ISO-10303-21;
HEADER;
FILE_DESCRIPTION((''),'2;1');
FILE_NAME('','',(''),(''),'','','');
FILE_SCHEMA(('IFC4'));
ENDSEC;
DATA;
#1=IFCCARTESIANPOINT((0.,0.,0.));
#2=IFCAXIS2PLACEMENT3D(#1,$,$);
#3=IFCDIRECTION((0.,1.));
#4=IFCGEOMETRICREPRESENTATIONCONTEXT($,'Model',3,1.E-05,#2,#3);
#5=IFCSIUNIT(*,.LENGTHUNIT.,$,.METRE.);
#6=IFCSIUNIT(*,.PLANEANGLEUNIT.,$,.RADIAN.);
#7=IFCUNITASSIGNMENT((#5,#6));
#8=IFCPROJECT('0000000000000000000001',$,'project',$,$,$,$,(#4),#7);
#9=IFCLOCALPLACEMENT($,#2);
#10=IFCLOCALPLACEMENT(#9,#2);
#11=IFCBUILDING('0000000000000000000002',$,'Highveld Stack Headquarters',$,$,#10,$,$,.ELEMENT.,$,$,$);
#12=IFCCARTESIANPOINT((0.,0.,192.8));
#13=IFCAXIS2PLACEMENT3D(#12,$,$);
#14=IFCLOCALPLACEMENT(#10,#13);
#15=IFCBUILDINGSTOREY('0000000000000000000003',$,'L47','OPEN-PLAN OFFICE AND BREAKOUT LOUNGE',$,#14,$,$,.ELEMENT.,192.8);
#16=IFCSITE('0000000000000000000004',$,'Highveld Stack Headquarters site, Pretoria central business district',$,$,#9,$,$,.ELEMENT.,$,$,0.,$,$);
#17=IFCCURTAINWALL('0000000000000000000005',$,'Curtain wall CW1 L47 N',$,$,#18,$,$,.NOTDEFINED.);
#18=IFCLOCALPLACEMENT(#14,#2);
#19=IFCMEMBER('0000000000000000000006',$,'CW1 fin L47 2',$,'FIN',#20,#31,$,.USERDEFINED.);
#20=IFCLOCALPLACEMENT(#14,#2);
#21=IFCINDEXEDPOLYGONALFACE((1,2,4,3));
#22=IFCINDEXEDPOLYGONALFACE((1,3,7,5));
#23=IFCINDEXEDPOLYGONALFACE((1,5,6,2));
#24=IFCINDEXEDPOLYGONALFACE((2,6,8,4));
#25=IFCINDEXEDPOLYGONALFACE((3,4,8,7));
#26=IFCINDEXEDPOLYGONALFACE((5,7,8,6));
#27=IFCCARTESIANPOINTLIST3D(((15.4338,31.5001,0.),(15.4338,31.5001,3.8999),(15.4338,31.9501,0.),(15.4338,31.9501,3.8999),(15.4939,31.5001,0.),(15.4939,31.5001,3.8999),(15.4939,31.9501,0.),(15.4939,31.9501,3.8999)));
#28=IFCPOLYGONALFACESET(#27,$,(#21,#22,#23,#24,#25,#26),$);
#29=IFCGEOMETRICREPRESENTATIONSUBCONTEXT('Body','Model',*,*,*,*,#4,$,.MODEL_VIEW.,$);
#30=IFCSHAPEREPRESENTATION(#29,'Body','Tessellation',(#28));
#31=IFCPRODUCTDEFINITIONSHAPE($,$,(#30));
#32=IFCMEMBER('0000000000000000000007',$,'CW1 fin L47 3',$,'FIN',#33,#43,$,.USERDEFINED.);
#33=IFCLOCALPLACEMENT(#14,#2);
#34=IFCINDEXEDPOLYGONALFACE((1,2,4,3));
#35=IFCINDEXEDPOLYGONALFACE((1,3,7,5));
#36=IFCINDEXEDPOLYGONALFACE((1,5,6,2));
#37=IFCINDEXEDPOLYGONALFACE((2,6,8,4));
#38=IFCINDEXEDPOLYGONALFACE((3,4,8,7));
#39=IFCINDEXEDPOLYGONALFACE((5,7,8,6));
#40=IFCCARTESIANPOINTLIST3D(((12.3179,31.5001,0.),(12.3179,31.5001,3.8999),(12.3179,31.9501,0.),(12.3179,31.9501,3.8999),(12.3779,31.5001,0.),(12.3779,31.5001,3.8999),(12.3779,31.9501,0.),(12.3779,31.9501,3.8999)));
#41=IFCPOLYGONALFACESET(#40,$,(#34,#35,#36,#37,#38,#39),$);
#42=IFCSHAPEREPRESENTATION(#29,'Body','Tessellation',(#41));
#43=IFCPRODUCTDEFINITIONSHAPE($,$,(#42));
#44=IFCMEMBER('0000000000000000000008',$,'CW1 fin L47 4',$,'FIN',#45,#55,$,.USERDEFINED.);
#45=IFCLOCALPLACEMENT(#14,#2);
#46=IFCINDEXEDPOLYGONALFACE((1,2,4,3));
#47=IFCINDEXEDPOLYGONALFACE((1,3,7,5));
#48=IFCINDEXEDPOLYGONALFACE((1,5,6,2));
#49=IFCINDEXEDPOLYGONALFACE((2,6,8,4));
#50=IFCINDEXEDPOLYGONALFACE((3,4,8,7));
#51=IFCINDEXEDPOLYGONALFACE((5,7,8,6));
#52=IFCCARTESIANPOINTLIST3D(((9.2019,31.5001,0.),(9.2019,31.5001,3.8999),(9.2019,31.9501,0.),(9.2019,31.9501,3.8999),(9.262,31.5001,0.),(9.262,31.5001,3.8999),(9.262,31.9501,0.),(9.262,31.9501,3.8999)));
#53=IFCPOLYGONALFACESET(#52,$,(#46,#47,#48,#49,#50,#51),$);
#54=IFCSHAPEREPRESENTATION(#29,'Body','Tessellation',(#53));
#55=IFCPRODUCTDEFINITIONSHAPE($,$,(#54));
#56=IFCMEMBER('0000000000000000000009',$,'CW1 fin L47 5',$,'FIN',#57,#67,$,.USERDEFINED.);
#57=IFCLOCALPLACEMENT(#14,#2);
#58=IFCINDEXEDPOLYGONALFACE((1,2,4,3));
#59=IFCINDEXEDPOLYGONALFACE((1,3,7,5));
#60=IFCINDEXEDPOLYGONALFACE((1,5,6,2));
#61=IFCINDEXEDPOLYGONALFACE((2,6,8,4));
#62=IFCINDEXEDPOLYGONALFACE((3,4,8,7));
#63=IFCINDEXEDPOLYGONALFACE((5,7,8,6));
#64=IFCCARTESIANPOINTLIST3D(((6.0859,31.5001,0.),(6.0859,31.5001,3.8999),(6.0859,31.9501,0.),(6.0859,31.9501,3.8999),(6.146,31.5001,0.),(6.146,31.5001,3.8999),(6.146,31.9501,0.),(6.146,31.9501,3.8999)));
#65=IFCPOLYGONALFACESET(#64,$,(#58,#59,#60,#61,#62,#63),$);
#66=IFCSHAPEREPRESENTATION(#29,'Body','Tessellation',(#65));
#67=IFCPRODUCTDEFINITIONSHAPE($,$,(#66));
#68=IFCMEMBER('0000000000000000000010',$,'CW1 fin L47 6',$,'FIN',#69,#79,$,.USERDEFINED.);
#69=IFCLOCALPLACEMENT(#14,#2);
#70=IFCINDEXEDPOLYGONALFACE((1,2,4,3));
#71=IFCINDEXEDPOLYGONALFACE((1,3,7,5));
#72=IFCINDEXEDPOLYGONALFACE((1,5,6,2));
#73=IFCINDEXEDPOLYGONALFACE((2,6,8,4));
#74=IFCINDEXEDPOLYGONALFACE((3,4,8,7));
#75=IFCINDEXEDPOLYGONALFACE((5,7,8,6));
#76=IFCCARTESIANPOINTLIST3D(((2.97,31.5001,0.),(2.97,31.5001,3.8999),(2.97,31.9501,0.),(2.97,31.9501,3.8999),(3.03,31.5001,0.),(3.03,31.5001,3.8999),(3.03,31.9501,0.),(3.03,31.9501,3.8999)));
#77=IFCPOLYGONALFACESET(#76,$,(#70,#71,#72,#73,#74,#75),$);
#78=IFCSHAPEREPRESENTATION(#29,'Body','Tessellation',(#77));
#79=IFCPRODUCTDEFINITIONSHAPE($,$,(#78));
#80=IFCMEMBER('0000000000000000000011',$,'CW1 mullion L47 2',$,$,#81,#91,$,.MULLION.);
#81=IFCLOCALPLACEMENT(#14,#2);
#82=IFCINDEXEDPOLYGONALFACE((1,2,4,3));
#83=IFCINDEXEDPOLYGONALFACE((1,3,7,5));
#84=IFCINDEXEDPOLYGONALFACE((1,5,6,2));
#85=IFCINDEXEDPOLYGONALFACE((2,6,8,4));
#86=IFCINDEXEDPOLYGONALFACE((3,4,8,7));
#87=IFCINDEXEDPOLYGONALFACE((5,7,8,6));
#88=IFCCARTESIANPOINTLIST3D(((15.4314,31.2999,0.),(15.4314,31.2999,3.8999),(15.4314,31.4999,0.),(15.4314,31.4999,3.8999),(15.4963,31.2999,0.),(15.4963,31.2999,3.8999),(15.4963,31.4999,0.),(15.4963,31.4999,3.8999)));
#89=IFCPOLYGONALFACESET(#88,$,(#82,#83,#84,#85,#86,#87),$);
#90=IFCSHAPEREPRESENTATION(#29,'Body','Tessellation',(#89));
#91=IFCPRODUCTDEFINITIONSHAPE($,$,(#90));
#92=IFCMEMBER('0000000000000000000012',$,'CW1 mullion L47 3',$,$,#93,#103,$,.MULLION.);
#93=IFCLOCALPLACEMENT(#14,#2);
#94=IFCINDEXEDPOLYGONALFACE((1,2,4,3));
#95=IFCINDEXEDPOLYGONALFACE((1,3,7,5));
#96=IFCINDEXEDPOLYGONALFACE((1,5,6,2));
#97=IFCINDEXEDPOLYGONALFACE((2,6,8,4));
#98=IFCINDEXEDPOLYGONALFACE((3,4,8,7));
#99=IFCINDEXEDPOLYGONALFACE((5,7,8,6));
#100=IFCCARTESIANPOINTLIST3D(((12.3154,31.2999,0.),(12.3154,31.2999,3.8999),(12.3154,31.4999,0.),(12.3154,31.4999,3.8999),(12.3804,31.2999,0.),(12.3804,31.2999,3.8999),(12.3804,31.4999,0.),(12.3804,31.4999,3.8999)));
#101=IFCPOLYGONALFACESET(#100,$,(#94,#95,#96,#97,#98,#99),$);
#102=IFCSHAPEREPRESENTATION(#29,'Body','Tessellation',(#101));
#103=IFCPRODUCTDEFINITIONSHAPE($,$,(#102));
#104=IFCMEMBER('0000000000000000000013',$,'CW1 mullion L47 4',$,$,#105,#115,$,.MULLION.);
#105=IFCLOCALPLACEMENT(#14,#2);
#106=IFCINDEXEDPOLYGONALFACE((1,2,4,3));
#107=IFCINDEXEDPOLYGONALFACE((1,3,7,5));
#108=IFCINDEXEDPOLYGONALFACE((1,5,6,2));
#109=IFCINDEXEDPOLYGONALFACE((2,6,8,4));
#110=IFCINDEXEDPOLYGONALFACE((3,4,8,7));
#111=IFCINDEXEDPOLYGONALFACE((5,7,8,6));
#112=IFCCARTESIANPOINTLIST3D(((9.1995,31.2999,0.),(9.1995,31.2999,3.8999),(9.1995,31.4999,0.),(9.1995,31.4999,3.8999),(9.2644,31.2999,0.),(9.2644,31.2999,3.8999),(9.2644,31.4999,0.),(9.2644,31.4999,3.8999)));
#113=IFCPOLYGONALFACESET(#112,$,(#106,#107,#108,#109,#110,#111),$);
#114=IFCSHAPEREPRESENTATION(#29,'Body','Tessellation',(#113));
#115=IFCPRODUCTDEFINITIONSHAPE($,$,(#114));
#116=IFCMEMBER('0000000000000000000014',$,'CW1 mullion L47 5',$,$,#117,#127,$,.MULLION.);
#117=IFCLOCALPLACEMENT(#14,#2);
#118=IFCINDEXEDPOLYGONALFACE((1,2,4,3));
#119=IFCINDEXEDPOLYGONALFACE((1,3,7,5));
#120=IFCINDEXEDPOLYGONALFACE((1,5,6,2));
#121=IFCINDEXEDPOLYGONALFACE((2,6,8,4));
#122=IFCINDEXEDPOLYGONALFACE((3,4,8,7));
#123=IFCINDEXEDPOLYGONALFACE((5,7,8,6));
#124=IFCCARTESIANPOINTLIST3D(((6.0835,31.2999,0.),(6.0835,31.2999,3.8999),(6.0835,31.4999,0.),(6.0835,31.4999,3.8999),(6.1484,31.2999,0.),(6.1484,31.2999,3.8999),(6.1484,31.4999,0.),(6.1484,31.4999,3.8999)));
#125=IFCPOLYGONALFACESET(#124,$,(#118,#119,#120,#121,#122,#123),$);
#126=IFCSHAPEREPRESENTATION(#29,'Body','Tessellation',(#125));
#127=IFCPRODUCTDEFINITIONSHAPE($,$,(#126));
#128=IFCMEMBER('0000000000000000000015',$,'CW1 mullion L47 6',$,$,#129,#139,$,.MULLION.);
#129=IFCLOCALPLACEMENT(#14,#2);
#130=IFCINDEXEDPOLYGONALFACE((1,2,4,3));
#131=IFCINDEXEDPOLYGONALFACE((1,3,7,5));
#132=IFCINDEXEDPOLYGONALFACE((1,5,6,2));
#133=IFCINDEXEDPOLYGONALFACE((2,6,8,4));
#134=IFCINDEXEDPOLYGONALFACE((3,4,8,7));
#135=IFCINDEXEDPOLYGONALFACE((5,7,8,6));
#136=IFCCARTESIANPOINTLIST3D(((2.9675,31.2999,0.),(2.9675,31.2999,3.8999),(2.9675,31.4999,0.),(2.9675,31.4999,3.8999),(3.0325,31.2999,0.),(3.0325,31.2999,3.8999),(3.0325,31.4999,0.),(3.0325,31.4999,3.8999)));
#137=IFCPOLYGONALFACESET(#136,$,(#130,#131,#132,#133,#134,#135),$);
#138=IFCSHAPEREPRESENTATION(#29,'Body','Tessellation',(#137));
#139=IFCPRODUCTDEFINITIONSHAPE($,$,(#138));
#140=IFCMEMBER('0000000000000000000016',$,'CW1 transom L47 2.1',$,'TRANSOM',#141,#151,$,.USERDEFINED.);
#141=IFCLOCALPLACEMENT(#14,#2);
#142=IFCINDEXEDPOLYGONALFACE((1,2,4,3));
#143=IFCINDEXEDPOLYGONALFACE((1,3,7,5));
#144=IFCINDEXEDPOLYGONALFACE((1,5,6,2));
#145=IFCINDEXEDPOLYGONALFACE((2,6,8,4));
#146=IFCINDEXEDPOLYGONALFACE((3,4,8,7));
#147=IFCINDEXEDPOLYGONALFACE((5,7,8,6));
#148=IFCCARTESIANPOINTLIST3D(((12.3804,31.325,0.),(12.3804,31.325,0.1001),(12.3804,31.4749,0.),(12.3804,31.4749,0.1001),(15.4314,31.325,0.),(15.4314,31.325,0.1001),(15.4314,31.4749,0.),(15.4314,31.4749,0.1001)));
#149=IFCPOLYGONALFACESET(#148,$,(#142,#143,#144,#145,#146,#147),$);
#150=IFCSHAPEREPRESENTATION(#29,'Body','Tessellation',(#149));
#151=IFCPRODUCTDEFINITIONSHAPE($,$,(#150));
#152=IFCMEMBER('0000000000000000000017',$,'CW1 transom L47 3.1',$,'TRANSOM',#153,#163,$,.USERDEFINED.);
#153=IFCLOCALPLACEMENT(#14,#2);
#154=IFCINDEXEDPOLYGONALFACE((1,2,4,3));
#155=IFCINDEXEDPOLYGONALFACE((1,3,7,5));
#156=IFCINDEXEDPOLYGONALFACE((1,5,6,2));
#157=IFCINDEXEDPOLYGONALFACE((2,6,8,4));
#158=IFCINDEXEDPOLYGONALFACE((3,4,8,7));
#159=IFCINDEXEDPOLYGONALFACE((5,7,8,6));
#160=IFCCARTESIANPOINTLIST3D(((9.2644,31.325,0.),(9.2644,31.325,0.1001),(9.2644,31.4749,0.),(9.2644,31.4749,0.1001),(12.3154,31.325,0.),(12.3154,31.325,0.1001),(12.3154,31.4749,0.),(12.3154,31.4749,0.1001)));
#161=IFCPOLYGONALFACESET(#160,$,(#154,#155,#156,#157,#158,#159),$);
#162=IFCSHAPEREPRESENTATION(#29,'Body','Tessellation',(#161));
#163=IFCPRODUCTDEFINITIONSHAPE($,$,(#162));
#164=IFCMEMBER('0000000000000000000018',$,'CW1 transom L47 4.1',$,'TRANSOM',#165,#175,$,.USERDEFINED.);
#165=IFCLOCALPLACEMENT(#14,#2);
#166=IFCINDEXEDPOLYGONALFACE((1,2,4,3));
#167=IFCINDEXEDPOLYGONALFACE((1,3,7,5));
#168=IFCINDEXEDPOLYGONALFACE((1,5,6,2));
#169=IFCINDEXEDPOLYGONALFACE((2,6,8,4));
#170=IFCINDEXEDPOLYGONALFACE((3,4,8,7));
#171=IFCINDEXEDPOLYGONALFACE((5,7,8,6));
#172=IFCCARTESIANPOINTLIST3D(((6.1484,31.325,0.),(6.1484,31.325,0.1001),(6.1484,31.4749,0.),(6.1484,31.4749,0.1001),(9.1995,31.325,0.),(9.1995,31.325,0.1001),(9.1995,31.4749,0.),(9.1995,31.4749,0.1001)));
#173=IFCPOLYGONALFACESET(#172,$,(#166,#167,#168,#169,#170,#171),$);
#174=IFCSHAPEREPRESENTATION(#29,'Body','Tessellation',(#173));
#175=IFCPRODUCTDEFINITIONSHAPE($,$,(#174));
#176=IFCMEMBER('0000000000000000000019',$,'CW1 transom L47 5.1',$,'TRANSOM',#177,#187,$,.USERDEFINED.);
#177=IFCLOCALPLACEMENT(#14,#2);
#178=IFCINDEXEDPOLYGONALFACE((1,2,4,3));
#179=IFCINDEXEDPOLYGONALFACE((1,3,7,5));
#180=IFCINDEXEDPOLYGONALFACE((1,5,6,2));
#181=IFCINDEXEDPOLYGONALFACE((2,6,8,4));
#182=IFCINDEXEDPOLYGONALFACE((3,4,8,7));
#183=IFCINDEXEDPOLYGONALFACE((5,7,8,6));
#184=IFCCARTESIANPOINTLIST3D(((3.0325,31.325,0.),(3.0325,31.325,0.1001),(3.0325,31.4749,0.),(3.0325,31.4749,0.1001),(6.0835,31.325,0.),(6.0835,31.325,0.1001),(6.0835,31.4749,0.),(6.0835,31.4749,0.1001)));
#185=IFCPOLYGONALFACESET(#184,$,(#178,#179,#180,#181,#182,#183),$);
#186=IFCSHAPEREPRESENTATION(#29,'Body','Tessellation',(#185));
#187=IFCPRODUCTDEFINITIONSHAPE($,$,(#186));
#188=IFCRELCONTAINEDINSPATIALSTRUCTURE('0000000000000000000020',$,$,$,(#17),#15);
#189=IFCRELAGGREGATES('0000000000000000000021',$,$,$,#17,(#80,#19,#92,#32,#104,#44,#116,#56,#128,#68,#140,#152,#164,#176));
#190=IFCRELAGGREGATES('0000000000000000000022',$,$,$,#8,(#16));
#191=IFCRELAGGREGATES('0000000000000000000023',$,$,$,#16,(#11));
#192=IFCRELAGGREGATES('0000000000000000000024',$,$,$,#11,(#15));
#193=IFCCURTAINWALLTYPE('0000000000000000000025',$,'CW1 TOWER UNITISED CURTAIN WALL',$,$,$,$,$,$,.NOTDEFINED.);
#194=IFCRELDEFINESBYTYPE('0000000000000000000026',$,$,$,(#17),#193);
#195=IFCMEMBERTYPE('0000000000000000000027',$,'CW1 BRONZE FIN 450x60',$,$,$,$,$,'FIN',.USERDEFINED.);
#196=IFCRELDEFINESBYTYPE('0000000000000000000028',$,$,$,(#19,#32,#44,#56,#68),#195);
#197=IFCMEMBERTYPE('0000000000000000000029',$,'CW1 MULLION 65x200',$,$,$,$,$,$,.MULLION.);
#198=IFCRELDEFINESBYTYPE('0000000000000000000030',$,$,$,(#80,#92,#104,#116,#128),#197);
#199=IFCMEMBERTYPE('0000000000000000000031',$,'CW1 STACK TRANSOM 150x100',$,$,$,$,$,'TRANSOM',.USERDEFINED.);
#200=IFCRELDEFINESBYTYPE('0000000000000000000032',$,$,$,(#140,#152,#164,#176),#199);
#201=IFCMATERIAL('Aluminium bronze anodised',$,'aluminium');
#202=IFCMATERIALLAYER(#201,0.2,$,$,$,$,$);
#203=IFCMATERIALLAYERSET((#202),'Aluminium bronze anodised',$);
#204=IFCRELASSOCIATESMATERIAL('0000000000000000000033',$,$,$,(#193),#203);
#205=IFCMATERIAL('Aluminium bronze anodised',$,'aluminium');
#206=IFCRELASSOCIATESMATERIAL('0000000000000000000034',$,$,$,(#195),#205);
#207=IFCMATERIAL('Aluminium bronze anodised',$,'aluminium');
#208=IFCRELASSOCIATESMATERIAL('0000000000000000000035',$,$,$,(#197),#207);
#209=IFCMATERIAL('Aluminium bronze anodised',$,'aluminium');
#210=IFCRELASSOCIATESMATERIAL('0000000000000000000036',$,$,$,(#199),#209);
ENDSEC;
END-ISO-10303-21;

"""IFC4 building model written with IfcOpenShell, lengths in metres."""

from ifc_helpers import new_model, si_unit, direction, frame, origin, origin_2d, place, context, subcontext, project, spatial, rectangle, extrude, material, layer, layer_set, material_profile, profile_set, type_object, element, aggregate, save


model = new_model("IFC4")

# Units and contexts
model_context = context("Model", 3, precision=1e-05, world=origin(), true_north=direction((0.0, 1.0)))
body_context = subcontext(model_context, "Body", "Model", "MODEL_VIEW")
ifc_project = project(units=[si_unit("LENGTHUNIT", "METRE"), si_unit("PLANEANGLEUNIT", "RADIAN")], contexts=[model_context])

# Site, building, storey
site_placement = place(None, origin())
site = spatial("IfcSite", under=ifc_project, at=site_placement, Name="Highveld Stack Headquarters site, Pretoria central business district", CompositionType="ELEMENT", RefElevation=0.0)
building_placement = place(site_placement, origin())
building = spatial("IfcBuilding", under=site, at=building_placement, Name="Highveld Stack Headquarters", CompositionType="ELEMENT")
storey_placement = place(building_placement, frame((0.0, 0.0, 192.8)))
storey = spatial("IfcBuildingStorey", under=building, at=storey_placement, Name="L47", Description="OPEN-PLAN OFFICE AND BREAKOUT LOUNGE", CompositionType="ELEMENT", Elevation=192.8)

# Curtain wall, members
ifc_material_1 = material(Name="Aluminium bronze anodised", Category="aluminium")
ifc_layer_1 = layer(ifc_material_1, 0.2)
ifc_layer_set_1 = layer_set([ifc_layer_1], Name="Aluminium bronze anodised")
curtain_wall_type = type_object("IfcCurtainWallType", Name="CW1 TOWER UNITISED CURTAIN WALL", PredefinedType="NOTDEFINED", material=ifc_layer_set_1)
curtain_wall_placement = place(storey_placement, origin())
curtain_wall = element("IfcCurtainWall", 1, at=curtain_wall_placement, inside=storey, type_object=curtain_wall_type, Name="Curtain wall CW1 L47 N", PredefinedType="NOTDEFINED")
ifc_material_2 = material(Name="Aluminium bronze anodised", Category="aluminium")
ifc_material_profile_1 = material_profile(ifc_material_2, rectangle(XDim=0.45, YDim=0.0601, at=origin_2d()), Name="FIN 450x60")
ifc_profile_set_1 = profile_set([ifc_material_profile_1], Name="Aluminium bronze anodised")
member_type_1 = type_object("IfcMemberType", Name="CW1 BRONZE FIN 450x60", ElementType="FIN", PredefinedType="USERDEFINED", material=ifc_profile_set_1)
member_1_placement = place(storey_placement, frame((15.4639, 31.7251, 0.0), z_axis=(0.0, 0.0, 1.0), x_axis=(0.0, -1.0, 0.0)))
member_1 = element("IfcMember", 2, at=member_1_placement, type_object=member_type_1, Name="CW1 fin L47 2", ObjectType="FIN", PredefinedType="USERDEFINED", context=body_context, shape_type="SweptSolid", body=[
    extrude(rectangle(XDim=0.45, YDim=0.0601, at=origin_2d()), origin(), (0.0, 0.0, 1.0), 3.8999),
])
member_2_placement = place(storey_placement, frame((12.3479, 31.7251, 0.0), z_axis=(0.0, 0.0, 1.0), x_axis=(0.0, -1.0, 0.0)))
member_2 = element("IfcMember", 3, at=member_2_placement, type_object=member_type_1, Name="CW1 fin L47 3", ObjectType="FIN", PredefinedType="USERDEFINED", context=body_context, shape_type="SweptSolid", body=[
    extrude(rectangle(XDim=0.45, YDim=0.0601, at=origin_2d()), origin(), (0.0, 0.0, 1.0), 3.8999),
])
member_3_placement = place(storey_placement, frame((9.2319, 31.7251, 0.0), z_axis=(0.0, 0.0, 1.0), x_axis=(0.0, -1.0, 0.0)))
member_3 = element("IfcMember", 4, at=member_3_placement, type_object=member_type_1, Name="CW1 fin L47 4", ObjectType="FIN", PredefinedType="USERDEFINED", context=body_context, shape_type="SweptSolid", body=[
    extrude(rectangle(XDim=0.45, YDim=0.0601, at=origin_2d()), origin(), (0.0, 0.0, 1.0), 3.8999),
])
member_4_placement = place(storey_placement, frame((6.116, 31.7251, 0.0), z_axis=(0.0, 0.0, 1.0), x_axis=(0.0, -1.0, 0.0)))
member_4 = element("IfcMember", 5, at=member_4_placement, type_object=member_type_1, Name="CW1 fin L47 5", ObjectType="FIN", PredefinedType="USERDEFINED", context=body_context, shape_type="SweptSolid", body=[
    extrude(rectangle(XDim=0.45, YDim=0.0601, at=origin_2d()), origin(), (0.0, 0.0, 1.0), 3.8999),
])
member_5_placement = place(storey_placement, frame((3.0, 31.7251, 0.0), z_axis=(0.0, 0.0, 1.0), x_axis=(0.0, -1.0, 0.0)))
member_5 = element("IfcMember", 6, at=member_5_placement, type_object=member_type_1, Name="CW1 fin L47 6", ObjectType="FIN", PredefinedType="USERDEFINED", context=body_context, shape_type="SweptSolid", body=[
    extrude(rectangle(XDim=0.45, YDim=0.0601, at=origin_2d()), origin(), (0.0, 0.0, 1.0), 3.8999),
])
ifc_material_3 = material(Name="Aluminium bronze anodised", Category="aluminium")
ifc_material_profile_2 = material_profile(ifc_material_3, rectangle(XDim=0.2, YDim=0.0649, at=origin_2d()), Name="CW1 MULLION 65x200")
ifc_profile_set_2 = profile_set([ifc_material_profile_2], Name="Aluminium bronze anodised")
member_type_2 = type_object("IfcMemberType", Name="CW1 MULLION 65x200", PredefinedType="MULLION", material=ifc_profile_set_2)
member_6_placement = place(storey_placement, frame((15.4639, 31.3999, 0.0), z_axis=(0.0, 0.0, 1.0), x_axis=(0.0, -1.0, 0.0)))
member_6 = element("IfcMember", 7, at=member_6_placement, type_object=member_type_2, Name="CW1 mullion L47 2", PredefinedType="MULLION", context=body_context, shape_type="SweptSolid", body=[
    extrude(rectangle(XDim=0.2, YDim=0.0649, at=origin_2d()), origin(), (0.0, 0.0, 1.0), 3.8999),
])
member_7_placement = place(storey_placement, frame((12.3479, 31.3999, 0.0), z_axis=(0.0, 0.0, 1.0), x_axis=(0.0, -1.0, 0.0)))
member_7 = element("IfcMember", 8, at=member_7_placement, type_object=member_type_2, Name="CW1 mullion L47 3", PredefinedType="MULLION", context=body_context, shape_type="SweptSolid", body=[
    extrude(rectangle(XDim=0.2, YDim=0.0649, at=origin_2d()), origin(), (0.0, 0.0, 1.0), 3.8999),
])
member_8_placement = place(storey_placement, frame((9.2319, 31.3999, 0.0), z_axis=(0.0, 0.0, 1.0), x_axis=(0.0, -1.0, 0.0)))
member_8 = element("IfcMember", 9, at=member_8_placement, type_object=member_type_2, Name="CW1 mullion L47 4", PredefinedType="MULLION", context=body_context, shape_type="SweptSolid", body=[
    extrude(rectangle(XDim=0.2, YDim=0.0649, at=origin_2d()), origin(), (0.0, 0.0, 1.0), 3.8999),
])
member_9_placement = place(storey_placement, frame((6.116, 31.3999, 0.0), z_axis=(0.0, 0.0, 1.0), x_axis=(0.0, -1.0, 0.0)))
member_9 = element("IfcMember", 10, at=member_9_placement, type_object=member_type_2, Name="CW1 mullion L47 5", PredefinedType="MULLION", context=body_context, shape_type="SweptSolid", body=[
    extrude(rectangle(XDim=0.2, YDim=0.0649, at=origin_2d()), origin(), (0.0, 0.0, 1.0), 3.8999),
])
member_10_placement = place(storey_placement, frame((3.0, 31.3999, 0.0), z_axis=(0.0, 0.0, 1.0), x_axis=(0.0, -1.0, 0.0)))
member_10 = element("IfcMember", 11, at=member_10_placement, type_object=member_type_2, Name="CW1 mullion L47 6", PredefinedType="MULLION", context=body_context, shape_type="SweptSolid", body=[
    extrude(rectangle(XDim=0.2, YDim=0.0649, at=origin_2d()), origin(), (0.0, 0.0, 1.0), 3.8999),
])
ifc_material_4 = material(Name="Aluminium bronze anodised", Category="aluminium")
ifc_material_profile_3 = material_profile(ifc_material_4, rectangle(XDim=0.1499, YDim=0.1001, at=origin_2d()), Name="CW1 TRANSOM 150x100")
ifc_profile_set_3 = profile_set([ifc_material_profile_3], Name="Aluminium bronze anodised")
member_type_3 = type_object("IfcMemberType", Name="CW1 STACK TRANSOM 150x100", ElementType="TRANSOM", PredefinedType="USERDEFINED", material=ifc_profile_set_3)
member_11_placement = place(storey_placement, frame((15.4314, 31.3999, 0.05), z_axis=(-1.0, 0.0, 0.0), x_axis=(0.0, -1.0, 0.0)))
member_11 = element("IfcMember", 12, at=member_11_placement, type_object=member_type_3, Name="CW1 transom L47 2.1", ObjectType="TRANSOM", PredefinedType="USERDEFINED", context=body_context, shape_type="SweptSolid", body=[
    extrude(rectangle(XDim=0.1499, YDim=0.1001, at=origin_2d()), origin(), (0.0, 0.0, 1.0), 3.051),
])
member_12_placement = place(storey_placement, frame((12.3154, 31.3999, 0.05), z_axis=(-1.0, 0.0, 0.0), x_axis=(0.0, -1.0, 0.0)))
member_12 = element("IfcMember", 13, at=member_12_placement, type_object=member_type_3, Name="CW1 transom L47 3.1", ObjectType="TRANSOM", PredefinedType="USERDEFINED", context=body_context, shape_type="SweptSolid", body=[
    extrude(rectangle(XDim=0.1499, YDim=0.1001, at=origin_2d()), origin(), (0.0, 0.0, 1.0), 3.051),
])
member_13_placement = place(storey_placement, frame((9.1995, 31.3999, 0.05), z_axis=(-1.0, 0.0, 0.0), x_axis=(0.0, -1.0, 0.0)))
member_13 = element("IfcMember", 14, at=member_13_placement, type_object=member_type_3, Name="CW1 transom L47 4.1", ObjectType="TRANSOM", PredefinedType="USERDEFINED", context=body_context, shape_type="SweptSolid", body=[
    extrude(rectangle(XDim=0.1499, YDim=0.1001, at=origin_2d()), origin(), (0.0, 0.0, 1.0), 3.051),
])
member_14_placement = place(storey_placement, frame((6.0835, 31.3999, 0.05), z_axis=(-1.0, 0.0, 0.0), x_axis=(0.0, -1.0, 0.0)))
member_14 = element("IfcMember", 15, at=member_14_placement, type_object=member_type_3, Name="CW1 transom L47 5.1", ObjectType="TRANSOM", PredefinedType="USERDEFINED", context=body_context, shape_type="SweptSolid", body=[
    extrude(rectangle(XDim=0.1499, YDim=0.1001, at=origin_2d()), origin(), (0.0, 0.0, 1.0), 3.051),
])
aggregate(curtain_wall, [member_6, member_1, member_7, member_2, member_8, member_3, member_9, member_4, member_10, member_5, member_11, member_12, member_13, member_14])

save(model, "model.ifc")
